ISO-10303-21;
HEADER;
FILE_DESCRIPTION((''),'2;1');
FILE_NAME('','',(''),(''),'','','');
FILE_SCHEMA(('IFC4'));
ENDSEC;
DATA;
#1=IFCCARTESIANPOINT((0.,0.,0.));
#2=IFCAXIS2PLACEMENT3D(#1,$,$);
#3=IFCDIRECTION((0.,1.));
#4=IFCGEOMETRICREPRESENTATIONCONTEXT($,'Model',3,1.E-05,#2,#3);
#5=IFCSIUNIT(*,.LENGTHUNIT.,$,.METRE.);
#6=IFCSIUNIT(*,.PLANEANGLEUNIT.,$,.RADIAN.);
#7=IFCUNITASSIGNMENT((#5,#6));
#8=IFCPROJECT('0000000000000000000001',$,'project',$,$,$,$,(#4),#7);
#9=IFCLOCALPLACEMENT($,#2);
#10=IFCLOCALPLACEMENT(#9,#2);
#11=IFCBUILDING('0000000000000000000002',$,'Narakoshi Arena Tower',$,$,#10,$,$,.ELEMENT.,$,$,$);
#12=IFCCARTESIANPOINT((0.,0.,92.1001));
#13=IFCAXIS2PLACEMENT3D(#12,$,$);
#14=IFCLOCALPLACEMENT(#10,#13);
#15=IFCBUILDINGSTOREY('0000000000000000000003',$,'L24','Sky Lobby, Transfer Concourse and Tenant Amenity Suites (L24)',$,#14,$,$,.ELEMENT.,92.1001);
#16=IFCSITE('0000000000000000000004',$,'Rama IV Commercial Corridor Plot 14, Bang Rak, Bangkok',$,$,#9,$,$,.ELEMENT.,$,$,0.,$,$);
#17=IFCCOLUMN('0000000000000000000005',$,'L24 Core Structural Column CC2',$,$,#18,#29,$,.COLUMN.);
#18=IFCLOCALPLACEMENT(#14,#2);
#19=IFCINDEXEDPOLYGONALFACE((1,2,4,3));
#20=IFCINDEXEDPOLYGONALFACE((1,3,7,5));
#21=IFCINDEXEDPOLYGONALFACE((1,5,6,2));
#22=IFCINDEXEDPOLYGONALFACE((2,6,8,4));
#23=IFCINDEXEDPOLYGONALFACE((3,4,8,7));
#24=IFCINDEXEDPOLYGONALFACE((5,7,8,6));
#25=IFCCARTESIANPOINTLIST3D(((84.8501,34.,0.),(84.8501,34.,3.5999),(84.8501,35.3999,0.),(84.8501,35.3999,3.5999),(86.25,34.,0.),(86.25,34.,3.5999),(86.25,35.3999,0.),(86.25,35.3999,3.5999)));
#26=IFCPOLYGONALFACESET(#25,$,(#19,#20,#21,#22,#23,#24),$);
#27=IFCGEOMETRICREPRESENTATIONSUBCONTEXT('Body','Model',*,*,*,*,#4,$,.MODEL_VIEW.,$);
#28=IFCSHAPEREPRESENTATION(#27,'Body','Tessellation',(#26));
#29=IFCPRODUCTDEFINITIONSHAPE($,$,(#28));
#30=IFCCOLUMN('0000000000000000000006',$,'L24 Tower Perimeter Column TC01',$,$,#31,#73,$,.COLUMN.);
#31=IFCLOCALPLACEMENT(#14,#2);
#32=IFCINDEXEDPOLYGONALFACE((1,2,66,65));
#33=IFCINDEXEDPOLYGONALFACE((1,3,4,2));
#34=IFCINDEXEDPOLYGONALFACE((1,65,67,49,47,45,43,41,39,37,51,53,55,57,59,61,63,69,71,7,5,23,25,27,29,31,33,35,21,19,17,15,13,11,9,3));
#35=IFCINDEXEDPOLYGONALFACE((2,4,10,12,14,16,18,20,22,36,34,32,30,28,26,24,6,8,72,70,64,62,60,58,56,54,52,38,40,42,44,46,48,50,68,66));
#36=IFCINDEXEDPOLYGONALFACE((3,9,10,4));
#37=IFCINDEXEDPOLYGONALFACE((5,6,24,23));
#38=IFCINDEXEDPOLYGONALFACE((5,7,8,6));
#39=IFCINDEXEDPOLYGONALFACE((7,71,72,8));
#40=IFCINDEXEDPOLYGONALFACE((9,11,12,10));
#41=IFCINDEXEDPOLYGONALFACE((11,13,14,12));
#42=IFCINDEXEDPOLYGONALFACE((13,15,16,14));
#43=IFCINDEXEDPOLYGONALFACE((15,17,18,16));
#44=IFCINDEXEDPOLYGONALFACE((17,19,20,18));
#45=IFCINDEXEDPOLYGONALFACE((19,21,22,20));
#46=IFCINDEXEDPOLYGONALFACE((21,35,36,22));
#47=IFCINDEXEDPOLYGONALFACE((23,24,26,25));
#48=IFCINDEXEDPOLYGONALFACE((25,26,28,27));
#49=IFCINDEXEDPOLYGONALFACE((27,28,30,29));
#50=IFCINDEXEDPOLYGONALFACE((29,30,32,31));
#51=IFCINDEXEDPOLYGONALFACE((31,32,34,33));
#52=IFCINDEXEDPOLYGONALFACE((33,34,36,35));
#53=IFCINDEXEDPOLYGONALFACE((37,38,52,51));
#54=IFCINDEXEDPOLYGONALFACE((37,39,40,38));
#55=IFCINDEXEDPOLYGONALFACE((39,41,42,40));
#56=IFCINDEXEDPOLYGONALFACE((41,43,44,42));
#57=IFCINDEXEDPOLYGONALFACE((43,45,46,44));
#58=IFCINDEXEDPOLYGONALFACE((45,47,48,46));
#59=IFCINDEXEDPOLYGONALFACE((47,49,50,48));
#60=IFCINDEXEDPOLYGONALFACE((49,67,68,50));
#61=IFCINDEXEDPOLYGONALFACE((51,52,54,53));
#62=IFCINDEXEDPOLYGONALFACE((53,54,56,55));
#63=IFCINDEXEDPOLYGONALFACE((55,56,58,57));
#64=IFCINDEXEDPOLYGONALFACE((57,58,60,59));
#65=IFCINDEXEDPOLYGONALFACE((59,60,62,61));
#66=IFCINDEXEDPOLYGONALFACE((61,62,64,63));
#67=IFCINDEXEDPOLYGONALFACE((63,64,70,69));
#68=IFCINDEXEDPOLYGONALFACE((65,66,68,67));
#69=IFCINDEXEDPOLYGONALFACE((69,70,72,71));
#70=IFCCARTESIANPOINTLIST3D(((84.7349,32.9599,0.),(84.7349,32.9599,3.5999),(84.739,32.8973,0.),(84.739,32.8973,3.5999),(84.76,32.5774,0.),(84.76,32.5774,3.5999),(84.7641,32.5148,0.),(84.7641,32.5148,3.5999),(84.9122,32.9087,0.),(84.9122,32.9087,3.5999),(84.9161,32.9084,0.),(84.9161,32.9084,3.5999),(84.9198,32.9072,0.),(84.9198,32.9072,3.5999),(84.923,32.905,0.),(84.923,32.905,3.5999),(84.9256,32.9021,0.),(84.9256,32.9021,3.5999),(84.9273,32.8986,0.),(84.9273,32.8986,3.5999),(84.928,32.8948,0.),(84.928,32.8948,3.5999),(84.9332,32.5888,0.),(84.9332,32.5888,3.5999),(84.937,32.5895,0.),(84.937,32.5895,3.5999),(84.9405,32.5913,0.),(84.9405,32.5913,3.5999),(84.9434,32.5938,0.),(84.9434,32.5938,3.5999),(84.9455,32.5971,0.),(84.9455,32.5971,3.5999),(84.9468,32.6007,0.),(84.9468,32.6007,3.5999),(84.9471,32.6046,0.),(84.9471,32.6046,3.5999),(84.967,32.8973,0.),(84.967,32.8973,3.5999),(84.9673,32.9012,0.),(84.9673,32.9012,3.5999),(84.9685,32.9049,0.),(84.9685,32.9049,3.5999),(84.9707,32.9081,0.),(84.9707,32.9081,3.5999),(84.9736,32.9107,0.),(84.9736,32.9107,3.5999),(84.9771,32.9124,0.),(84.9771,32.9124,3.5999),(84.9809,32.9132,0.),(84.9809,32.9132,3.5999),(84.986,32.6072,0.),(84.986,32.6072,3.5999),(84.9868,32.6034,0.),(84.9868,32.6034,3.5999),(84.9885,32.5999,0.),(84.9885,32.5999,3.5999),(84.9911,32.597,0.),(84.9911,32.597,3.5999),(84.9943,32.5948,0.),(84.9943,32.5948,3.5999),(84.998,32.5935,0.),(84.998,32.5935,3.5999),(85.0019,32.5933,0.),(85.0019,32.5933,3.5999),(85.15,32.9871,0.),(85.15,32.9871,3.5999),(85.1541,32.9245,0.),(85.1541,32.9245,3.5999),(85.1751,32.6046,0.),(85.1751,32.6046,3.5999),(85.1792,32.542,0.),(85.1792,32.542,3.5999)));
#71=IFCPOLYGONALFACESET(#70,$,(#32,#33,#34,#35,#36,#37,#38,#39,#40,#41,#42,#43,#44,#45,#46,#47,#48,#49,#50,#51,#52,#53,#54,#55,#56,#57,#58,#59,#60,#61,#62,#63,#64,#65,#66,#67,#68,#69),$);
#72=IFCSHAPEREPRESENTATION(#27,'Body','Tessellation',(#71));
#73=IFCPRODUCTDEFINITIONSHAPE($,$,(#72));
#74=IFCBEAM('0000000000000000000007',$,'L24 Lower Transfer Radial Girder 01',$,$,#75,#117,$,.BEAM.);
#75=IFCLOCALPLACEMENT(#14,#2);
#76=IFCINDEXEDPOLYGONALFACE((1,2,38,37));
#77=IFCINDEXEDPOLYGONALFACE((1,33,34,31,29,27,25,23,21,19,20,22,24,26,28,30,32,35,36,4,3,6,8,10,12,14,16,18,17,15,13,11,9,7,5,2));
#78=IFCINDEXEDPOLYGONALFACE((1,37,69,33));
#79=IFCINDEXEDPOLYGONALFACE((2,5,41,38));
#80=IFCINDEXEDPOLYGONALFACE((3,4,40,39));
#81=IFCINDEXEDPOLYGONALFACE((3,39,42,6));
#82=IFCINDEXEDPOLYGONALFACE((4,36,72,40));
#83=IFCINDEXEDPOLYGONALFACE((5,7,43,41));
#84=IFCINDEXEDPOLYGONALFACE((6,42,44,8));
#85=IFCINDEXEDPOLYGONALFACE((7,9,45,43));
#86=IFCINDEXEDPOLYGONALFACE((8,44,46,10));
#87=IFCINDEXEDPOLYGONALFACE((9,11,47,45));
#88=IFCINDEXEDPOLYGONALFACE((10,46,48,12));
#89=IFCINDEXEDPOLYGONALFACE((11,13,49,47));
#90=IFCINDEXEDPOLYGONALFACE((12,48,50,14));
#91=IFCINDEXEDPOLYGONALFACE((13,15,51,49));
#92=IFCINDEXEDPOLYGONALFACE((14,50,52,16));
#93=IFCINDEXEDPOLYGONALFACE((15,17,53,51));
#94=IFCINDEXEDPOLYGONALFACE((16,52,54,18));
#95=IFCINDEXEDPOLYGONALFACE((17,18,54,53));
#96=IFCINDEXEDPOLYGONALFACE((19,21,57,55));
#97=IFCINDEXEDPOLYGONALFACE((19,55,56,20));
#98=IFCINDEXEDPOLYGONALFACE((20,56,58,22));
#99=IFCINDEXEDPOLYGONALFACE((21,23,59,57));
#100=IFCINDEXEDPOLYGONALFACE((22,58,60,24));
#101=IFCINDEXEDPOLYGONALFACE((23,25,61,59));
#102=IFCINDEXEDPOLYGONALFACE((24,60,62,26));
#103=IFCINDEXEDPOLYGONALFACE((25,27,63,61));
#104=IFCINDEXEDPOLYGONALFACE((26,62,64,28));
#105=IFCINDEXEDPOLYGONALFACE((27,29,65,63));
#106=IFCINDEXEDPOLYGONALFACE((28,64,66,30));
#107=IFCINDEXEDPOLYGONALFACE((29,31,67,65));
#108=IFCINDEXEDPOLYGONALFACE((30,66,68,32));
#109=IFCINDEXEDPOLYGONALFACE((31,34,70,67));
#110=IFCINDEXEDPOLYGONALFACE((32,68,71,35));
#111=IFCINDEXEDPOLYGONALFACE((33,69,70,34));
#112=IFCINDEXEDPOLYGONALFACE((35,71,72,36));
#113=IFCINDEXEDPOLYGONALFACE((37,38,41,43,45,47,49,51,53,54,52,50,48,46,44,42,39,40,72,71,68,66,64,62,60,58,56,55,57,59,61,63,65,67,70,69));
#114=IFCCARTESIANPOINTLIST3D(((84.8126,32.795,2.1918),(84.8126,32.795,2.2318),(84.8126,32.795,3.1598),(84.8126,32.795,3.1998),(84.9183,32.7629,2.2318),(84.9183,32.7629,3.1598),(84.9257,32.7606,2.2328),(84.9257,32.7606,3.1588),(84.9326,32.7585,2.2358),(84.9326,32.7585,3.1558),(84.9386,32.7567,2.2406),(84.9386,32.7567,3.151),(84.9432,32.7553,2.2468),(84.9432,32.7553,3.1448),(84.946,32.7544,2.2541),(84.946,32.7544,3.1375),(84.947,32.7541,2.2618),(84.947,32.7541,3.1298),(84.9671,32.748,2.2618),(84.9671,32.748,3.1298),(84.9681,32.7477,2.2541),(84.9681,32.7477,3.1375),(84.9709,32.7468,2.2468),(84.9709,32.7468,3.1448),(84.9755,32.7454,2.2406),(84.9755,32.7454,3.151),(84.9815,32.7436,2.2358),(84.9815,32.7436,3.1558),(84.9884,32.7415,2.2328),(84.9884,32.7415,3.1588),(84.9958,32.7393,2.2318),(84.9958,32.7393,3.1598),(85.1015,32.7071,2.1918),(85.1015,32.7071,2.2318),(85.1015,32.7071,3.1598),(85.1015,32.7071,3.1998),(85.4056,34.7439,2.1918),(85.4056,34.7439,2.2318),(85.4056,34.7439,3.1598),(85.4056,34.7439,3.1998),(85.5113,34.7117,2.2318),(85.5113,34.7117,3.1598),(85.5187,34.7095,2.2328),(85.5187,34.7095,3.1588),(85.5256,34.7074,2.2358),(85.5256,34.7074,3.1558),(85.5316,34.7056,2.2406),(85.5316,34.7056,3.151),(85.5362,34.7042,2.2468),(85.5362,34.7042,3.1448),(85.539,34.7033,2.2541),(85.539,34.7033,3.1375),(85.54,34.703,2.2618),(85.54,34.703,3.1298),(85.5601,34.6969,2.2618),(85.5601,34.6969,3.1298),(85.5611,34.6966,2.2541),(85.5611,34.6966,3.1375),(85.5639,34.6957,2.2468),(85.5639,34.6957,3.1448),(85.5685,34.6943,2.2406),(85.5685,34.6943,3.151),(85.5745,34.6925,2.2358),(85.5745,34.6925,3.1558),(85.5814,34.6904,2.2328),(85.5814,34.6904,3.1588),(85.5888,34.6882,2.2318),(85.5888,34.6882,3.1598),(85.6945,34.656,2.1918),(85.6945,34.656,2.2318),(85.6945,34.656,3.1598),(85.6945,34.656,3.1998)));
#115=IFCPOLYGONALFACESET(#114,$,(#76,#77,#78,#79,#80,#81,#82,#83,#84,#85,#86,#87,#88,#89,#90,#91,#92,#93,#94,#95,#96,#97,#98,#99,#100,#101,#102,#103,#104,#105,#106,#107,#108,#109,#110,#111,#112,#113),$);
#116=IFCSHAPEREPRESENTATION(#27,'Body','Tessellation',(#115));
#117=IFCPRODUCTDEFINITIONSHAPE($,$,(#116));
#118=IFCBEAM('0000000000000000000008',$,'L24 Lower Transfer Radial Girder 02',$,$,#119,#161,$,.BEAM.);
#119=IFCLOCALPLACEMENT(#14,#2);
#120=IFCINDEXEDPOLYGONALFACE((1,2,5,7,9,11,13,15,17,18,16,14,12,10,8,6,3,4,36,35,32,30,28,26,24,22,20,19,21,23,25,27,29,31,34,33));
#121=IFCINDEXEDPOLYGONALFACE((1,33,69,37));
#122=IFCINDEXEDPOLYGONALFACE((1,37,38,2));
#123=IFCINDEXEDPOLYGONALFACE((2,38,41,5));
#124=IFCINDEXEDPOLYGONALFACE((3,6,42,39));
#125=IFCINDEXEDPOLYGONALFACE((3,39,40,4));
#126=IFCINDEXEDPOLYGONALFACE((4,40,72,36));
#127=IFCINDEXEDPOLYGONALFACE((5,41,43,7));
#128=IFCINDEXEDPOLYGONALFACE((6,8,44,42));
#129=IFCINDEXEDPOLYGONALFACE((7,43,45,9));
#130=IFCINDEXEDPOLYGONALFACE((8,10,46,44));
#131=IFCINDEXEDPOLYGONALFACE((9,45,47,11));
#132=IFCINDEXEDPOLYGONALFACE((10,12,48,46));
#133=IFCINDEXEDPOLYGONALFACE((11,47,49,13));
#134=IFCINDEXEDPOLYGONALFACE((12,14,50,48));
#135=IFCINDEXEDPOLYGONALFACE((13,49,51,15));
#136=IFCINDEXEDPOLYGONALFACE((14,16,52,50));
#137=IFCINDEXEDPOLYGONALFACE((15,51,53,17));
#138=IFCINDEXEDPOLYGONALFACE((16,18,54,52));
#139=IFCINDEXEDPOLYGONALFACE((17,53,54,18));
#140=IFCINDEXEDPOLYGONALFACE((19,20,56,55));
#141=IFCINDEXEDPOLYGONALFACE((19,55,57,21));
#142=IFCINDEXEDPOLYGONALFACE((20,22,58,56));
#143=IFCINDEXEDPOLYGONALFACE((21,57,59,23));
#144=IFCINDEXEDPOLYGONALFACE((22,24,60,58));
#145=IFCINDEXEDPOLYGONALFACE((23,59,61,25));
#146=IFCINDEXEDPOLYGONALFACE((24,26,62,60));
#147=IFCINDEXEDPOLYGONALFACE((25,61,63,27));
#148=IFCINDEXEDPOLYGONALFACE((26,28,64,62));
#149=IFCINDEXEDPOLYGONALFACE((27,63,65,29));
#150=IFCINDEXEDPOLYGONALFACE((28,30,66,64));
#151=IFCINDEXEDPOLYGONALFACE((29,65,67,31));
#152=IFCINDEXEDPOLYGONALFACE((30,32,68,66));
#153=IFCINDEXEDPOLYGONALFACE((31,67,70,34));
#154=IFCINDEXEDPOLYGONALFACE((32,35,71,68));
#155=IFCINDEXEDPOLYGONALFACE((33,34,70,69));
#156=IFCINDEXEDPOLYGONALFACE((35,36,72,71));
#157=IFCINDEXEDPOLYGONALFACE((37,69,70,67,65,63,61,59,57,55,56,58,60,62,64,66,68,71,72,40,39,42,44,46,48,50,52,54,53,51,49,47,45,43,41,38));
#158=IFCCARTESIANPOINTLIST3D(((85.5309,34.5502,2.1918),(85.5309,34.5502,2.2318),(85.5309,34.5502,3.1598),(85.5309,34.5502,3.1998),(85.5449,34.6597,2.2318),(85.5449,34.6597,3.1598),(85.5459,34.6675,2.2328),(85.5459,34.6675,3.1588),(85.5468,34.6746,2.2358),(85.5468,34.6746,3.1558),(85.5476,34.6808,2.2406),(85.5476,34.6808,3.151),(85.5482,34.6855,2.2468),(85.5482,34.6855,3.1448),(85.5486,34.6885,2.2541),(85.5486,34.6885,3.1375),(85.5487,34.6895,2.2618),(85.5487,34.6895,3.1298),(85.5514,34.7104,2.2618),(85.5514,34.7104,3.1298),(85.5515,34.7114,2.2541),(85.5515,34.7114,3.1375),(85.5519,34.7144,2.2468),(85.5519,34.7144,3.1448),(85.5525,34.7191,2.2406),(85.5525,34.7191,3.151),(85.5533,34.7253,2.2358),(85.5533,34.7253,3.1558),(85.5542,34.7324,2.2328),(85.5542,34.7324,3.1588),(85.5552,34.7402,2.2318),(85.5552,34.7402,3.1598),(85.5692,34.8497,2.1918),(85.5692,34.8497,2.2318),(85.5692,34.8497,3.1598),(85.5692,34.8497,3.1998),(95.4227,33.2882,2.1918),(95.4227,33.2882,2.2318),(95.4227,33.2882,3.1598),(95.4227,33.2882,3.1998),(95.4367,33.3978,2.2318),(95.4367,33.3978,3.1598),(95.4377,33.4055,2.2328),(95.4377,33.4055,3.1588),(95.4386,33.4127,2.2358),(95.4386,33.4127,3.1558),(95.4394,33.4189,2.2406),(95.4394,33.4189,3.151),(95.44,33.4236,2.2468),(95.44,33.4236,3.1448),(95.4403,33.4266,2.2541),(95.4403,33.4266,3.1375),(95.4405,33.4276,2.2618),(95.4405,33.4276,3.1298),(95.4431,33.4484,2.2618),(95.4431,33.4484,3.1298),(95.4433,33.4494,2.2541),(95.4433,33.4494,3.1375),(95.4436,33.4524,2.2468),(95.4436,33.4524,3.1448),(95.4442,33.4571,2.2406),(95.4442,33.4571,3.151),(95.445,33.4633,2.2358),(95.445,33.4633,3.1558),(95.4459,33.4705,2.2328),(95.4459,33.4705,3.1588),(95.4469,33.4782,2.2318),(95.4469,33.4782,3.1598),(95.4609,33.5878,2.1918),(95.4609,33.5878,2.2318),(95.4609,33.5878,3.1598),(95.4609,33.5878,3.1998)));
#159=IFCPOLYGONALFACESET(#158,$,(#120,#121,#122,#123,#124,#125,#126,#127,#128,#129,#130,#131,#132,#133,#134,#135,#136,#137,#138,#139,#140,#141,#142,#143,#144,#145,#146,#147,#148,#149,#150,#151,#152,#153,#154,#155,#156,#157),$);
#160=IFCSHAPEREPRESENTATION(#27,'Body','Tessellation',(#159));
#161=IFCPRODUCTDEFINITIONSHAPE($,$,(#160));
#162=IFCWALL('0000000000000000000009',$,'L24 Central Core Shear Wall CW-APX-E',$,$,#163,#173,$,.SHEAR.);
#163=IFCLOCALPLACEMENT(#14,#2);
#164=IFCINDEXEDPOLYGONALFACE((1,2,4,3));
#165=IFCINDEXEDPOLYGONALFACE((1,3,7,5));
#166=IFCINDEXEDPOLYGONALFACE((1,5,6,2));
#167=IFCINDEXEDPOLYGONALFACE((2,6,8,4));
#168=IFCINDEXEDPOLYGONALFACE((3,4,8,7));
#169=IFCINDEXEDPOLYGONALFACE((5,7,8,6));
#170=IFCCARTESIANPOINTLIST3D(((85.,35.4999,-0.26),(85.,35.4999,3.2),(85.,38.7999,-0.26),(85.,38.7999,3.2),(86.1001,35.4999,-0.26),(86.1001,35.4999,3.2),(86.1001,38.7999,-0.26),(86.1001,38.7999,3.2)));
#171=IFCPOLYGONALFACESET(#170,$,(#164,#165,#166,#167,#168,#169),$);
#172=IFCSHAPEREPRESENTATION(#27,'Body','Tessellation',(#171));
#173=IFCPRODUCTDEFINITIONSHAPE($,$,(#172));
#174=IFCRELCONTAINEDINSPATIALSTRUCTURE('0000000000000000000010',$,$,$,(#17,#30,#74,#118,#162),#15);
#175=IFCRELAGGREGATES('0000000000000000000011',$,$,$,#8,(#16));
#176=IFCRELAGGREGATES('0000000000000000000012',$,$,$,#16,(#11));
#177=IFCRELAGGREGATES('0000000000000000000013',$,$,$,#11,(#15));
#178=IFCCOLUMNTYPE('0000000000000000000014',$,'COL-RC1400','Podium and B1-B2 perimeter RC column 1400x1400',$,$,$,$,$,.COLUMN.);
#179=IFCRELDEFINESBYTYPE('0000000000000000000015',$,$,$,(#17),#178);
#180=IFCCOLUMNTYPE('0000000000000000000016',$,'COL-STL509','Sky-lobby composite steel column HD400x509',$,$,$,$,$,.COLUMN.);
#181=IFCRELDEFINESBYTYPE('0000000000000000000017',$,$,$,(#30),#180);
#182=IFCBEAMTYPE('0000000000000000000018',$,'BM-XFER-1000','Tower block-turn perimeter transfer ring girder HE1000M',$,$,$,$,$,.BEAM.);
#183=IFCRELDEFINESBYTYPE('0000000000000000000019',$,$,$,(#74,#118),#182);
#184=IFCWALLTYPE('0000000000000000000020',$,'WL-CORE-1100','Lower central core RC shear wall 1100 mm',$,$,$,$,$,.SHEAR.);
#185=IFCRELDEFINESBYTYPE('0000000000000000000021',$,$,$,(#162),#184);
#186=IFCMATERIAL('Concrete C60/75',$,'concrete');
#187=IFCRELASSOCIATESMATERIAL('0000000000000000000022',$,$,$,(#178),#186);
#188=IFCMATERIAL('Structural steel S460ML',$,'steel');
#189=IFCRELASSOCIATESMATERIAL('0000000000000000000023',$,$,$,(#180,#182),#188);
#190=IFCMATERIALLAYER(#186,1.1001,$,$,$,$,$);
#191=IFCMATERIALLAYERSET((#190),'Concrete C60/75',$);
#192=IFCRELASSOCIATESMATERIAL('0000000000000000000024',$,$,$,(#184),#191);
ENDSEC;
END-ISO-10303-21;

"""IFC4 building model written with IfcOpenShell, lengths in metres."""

from ifc_helpers import new_model, si_unit, direction, frame, frame_2d, origin, origin_2d, place, context, subcontext, project, spatial, rectangle, i_section, extrude, material, layer, layer_set, material_profile, profile_set, type_object, element, save


model = new_model("IFC4")

# Units and contexts
model_context = context("Model", 3, precision=1e-05, world=origin(), true_north=direction((0.0, 1.0)))
body_context = subcontext(model_context, "Body", "Model", "MODEL_VIEW")
ifc_project = project(units=[si_unit("LENGTHUNIT", "METRE"), si_unit("PLANEANGLEUNIT", "RADIAN")], contexts=[model_context])

# Site, building, storey
site_placement = place(None, origin())
site = spatial("IfcSite", under=ifc_project, at=site_placement, Name="Rama IV Commercial Corridor Plot 14, Bang Rak, Bangkok", CompositionType="ELEMENT", RefElevation=0.0)
building_placement = place(site_placement, origin())
building = spatial("IfcBuilding", under=site, at=building_placement, Name="Narakoshi Arena Tower", CompositionType="ELEMENT")
storey_placement = place(building_placement, frame((0.0, 0.0, 92.1001)))
storey = spatial("IfcBuildingStorey", under=building, at=storey_placement, Name="L24", Description="Sky Lobby, Transfer Concourse and Tenant Amenity Suites (L24)", CompositionType="ELEMENT", Elevation=92.1001)

# Columns
ifc_material_1 = material(Name="Concrete C60/75", Category="concrete")
ifc_material_profile_1 = material_profile(ifc_material_1, rectangle(XDim=1.3999, YDim=1.3999, at=origin_2d()), Name="RC1400x1400")
ifc_profile_set_1 = profile_set([ifc_material_profile_1], Name="Concrete C60/75")
column_type_1 = type_object("IfcColumnType", Name="COL-RC1400", Description="Podium and B1-B2 perimeter RC column 1400x1400", PredefinedType="COLUMN", material=ifc_profile_set_1)
column_1_placement = place(storey_placement, frame((85.55, 34.7, 0.0), z_axis=(0.0, 0.0, 1.0), x_axis=(1.0, 0.0, 0.0)))
element("IfcColumn", 1, at=column_1_placement, inside=storey, type_object=column_type_1, Name="L24 Core Structural Column CC2", PredefinedType="COLUMN", context=body_context, shape_type="SweptSolid", body=[
    extrude(rectangle(XDim=1.3999, YDim=1.3999, at=origin_2d()), origin(), (0.0, 0.0, 1.0), 3.5999),
])
ifc_material_2 = material(Name="Structural steel S460ML", Category="steel")
ifc_material_profile_2 = material_profile(ifc_material_2, i_section(OverallWidth=0.416, OverallDepth=0.446, WebThickness=0.0391, FlangeThickness=0.0627, FilletRadius=0.0149, at=origin_2d()), Name="HD400x509")
ifc_profile_set_2 = profile_set([ifc_material_profile_2], Name="Structural steel S460ML")
column_type_2 = type_object("IfcColumnType", Name="COL-STL509", Description="Sky-lobby composite steel column HD400x509", PredefinedType="COLUMN", material=ifc_profile_set_2)
column_2_placement = place(storey_placement, frame((84.957, 32.751, 0.0), z_axis=(0.0, 0.0, 1.0), x_axis=(0.997859, 0.065403, 0.0)))
element("IfcColumn", 2, at=column_2_placement, inside=storey, type_object=column_type_2, Name="L24 Tower Perimeter Column TC01", PredefinedType="COLUMN", context=body_context, shape_type="SweptSolid", body=[
    extrude(i_section(OverallWidth=0.416, OverallDepth=0.446, WebThickness=0.0391, FlangeThickness=0.0627, FilletRadius=0.0149, at=origin_2d()), origin(), (0.0, 0.0, 1.0), 3.5999),
])

# Beams
ifc_material_profile_3 = material_profile(ifc_material_2, i_section(OverallWidth=0.302, OverallDepth=1.0081, WebThickness=0.021, FlangeThickness=0.04, FilletRadius=0.03, at=origin_2d()), Name="HE1000M")
ifc_profile_set_3 = profile_set([ifc_material_profile_3], Name="Structural steel S460ML")
beam_type = type_object("IfcBeamType", Name="BM-XFER-1000", Description="Tower block-turn perimeter transfer ring girder HE1000M", PredefinedType="BEAM", material=ifc_profile_set_3)
beam_1_placement = place(storey_placement, frame((85.55, 34.7, 2.6958), z_axis=(-0.291095, -0.956694, 0.0), x_axis=(0.956694, -0.291095, 0.0)))
element("IfcBeam", 3, at=beam_1_placement, inside=storey, type_object=beam_type, Name="L24 Lower Transfer Radial Girder 01", PredefinedType="BEAM", context=body_context, shape_type="SweptSolid", body=[
    extrude(i_section(OverallWidth=0.302, OverallDepth=1.0081, WebThickness=0.021, FlangeThickness=0.04, FilletRadius=0.03, at=origin_2d()), origin(), (0.0, 0.0, 1.0), 2.0371),
])
beam_2_placement = place(storey_placement, frame((85.55, 34.7, 2.6958), z_axis=(0.99196, -0.12655, 0.0), x_axis=(0.12655, 0.99196, 0.0)))
element("IfcBeam", 4, at=beam_2_placement, inside=storey, type_object=beam_type, Name="L24 Lower Transfer Radial Girder 02", PredefinedType="BEAM", context=body_context, shape_type="SweptSolid", body=[
    extrude(i_section(OverallWidth=0.302, OverallDepth=1.0081, WebThickness=0.021, FlangeThickness=0.04, FilletRadius=0.03, at=origin_2d()), origin(), (0.0, 0.0, 1.0), 9.9719),
])

# Wall
ifc_layer_1 = layer(ifc_material_1, 1.1001)
ifc_layer_set_1 = layer_set([ifc_layer_1], Name="Concrete C60/75")
wall_type_1 = type_object("IfcWallType", Name="WL-CORE-1100", Description="Lower central core RC shear wall 1100 mm", PredefinedType="SHEAR", material=ifc_layer_set_1)
wall_1_placement = place(storey_placement, frame((85.55, 35.5, -0.26), z_axis=(0.0, 0.0, 1.0), x_axis=(0.0, 1.0, 0.0)))
element("IfcWall", 5, at=wall_1_placement, inside=storey, type_object=wall_type_1, Name="L24 Central Core Shear Wall CW-APX-E", PredefinedType="SHEAR", context=body_context, shape_type="SweptSolid", body=[
    extrude(rectangle(XDim=3.3, YDim=1.1001, at=frame_2d((1.6499, 0.0))), origin(), (0.0, 0.0, 1.0), 3.46),
])

save(model, "model.ifc")
